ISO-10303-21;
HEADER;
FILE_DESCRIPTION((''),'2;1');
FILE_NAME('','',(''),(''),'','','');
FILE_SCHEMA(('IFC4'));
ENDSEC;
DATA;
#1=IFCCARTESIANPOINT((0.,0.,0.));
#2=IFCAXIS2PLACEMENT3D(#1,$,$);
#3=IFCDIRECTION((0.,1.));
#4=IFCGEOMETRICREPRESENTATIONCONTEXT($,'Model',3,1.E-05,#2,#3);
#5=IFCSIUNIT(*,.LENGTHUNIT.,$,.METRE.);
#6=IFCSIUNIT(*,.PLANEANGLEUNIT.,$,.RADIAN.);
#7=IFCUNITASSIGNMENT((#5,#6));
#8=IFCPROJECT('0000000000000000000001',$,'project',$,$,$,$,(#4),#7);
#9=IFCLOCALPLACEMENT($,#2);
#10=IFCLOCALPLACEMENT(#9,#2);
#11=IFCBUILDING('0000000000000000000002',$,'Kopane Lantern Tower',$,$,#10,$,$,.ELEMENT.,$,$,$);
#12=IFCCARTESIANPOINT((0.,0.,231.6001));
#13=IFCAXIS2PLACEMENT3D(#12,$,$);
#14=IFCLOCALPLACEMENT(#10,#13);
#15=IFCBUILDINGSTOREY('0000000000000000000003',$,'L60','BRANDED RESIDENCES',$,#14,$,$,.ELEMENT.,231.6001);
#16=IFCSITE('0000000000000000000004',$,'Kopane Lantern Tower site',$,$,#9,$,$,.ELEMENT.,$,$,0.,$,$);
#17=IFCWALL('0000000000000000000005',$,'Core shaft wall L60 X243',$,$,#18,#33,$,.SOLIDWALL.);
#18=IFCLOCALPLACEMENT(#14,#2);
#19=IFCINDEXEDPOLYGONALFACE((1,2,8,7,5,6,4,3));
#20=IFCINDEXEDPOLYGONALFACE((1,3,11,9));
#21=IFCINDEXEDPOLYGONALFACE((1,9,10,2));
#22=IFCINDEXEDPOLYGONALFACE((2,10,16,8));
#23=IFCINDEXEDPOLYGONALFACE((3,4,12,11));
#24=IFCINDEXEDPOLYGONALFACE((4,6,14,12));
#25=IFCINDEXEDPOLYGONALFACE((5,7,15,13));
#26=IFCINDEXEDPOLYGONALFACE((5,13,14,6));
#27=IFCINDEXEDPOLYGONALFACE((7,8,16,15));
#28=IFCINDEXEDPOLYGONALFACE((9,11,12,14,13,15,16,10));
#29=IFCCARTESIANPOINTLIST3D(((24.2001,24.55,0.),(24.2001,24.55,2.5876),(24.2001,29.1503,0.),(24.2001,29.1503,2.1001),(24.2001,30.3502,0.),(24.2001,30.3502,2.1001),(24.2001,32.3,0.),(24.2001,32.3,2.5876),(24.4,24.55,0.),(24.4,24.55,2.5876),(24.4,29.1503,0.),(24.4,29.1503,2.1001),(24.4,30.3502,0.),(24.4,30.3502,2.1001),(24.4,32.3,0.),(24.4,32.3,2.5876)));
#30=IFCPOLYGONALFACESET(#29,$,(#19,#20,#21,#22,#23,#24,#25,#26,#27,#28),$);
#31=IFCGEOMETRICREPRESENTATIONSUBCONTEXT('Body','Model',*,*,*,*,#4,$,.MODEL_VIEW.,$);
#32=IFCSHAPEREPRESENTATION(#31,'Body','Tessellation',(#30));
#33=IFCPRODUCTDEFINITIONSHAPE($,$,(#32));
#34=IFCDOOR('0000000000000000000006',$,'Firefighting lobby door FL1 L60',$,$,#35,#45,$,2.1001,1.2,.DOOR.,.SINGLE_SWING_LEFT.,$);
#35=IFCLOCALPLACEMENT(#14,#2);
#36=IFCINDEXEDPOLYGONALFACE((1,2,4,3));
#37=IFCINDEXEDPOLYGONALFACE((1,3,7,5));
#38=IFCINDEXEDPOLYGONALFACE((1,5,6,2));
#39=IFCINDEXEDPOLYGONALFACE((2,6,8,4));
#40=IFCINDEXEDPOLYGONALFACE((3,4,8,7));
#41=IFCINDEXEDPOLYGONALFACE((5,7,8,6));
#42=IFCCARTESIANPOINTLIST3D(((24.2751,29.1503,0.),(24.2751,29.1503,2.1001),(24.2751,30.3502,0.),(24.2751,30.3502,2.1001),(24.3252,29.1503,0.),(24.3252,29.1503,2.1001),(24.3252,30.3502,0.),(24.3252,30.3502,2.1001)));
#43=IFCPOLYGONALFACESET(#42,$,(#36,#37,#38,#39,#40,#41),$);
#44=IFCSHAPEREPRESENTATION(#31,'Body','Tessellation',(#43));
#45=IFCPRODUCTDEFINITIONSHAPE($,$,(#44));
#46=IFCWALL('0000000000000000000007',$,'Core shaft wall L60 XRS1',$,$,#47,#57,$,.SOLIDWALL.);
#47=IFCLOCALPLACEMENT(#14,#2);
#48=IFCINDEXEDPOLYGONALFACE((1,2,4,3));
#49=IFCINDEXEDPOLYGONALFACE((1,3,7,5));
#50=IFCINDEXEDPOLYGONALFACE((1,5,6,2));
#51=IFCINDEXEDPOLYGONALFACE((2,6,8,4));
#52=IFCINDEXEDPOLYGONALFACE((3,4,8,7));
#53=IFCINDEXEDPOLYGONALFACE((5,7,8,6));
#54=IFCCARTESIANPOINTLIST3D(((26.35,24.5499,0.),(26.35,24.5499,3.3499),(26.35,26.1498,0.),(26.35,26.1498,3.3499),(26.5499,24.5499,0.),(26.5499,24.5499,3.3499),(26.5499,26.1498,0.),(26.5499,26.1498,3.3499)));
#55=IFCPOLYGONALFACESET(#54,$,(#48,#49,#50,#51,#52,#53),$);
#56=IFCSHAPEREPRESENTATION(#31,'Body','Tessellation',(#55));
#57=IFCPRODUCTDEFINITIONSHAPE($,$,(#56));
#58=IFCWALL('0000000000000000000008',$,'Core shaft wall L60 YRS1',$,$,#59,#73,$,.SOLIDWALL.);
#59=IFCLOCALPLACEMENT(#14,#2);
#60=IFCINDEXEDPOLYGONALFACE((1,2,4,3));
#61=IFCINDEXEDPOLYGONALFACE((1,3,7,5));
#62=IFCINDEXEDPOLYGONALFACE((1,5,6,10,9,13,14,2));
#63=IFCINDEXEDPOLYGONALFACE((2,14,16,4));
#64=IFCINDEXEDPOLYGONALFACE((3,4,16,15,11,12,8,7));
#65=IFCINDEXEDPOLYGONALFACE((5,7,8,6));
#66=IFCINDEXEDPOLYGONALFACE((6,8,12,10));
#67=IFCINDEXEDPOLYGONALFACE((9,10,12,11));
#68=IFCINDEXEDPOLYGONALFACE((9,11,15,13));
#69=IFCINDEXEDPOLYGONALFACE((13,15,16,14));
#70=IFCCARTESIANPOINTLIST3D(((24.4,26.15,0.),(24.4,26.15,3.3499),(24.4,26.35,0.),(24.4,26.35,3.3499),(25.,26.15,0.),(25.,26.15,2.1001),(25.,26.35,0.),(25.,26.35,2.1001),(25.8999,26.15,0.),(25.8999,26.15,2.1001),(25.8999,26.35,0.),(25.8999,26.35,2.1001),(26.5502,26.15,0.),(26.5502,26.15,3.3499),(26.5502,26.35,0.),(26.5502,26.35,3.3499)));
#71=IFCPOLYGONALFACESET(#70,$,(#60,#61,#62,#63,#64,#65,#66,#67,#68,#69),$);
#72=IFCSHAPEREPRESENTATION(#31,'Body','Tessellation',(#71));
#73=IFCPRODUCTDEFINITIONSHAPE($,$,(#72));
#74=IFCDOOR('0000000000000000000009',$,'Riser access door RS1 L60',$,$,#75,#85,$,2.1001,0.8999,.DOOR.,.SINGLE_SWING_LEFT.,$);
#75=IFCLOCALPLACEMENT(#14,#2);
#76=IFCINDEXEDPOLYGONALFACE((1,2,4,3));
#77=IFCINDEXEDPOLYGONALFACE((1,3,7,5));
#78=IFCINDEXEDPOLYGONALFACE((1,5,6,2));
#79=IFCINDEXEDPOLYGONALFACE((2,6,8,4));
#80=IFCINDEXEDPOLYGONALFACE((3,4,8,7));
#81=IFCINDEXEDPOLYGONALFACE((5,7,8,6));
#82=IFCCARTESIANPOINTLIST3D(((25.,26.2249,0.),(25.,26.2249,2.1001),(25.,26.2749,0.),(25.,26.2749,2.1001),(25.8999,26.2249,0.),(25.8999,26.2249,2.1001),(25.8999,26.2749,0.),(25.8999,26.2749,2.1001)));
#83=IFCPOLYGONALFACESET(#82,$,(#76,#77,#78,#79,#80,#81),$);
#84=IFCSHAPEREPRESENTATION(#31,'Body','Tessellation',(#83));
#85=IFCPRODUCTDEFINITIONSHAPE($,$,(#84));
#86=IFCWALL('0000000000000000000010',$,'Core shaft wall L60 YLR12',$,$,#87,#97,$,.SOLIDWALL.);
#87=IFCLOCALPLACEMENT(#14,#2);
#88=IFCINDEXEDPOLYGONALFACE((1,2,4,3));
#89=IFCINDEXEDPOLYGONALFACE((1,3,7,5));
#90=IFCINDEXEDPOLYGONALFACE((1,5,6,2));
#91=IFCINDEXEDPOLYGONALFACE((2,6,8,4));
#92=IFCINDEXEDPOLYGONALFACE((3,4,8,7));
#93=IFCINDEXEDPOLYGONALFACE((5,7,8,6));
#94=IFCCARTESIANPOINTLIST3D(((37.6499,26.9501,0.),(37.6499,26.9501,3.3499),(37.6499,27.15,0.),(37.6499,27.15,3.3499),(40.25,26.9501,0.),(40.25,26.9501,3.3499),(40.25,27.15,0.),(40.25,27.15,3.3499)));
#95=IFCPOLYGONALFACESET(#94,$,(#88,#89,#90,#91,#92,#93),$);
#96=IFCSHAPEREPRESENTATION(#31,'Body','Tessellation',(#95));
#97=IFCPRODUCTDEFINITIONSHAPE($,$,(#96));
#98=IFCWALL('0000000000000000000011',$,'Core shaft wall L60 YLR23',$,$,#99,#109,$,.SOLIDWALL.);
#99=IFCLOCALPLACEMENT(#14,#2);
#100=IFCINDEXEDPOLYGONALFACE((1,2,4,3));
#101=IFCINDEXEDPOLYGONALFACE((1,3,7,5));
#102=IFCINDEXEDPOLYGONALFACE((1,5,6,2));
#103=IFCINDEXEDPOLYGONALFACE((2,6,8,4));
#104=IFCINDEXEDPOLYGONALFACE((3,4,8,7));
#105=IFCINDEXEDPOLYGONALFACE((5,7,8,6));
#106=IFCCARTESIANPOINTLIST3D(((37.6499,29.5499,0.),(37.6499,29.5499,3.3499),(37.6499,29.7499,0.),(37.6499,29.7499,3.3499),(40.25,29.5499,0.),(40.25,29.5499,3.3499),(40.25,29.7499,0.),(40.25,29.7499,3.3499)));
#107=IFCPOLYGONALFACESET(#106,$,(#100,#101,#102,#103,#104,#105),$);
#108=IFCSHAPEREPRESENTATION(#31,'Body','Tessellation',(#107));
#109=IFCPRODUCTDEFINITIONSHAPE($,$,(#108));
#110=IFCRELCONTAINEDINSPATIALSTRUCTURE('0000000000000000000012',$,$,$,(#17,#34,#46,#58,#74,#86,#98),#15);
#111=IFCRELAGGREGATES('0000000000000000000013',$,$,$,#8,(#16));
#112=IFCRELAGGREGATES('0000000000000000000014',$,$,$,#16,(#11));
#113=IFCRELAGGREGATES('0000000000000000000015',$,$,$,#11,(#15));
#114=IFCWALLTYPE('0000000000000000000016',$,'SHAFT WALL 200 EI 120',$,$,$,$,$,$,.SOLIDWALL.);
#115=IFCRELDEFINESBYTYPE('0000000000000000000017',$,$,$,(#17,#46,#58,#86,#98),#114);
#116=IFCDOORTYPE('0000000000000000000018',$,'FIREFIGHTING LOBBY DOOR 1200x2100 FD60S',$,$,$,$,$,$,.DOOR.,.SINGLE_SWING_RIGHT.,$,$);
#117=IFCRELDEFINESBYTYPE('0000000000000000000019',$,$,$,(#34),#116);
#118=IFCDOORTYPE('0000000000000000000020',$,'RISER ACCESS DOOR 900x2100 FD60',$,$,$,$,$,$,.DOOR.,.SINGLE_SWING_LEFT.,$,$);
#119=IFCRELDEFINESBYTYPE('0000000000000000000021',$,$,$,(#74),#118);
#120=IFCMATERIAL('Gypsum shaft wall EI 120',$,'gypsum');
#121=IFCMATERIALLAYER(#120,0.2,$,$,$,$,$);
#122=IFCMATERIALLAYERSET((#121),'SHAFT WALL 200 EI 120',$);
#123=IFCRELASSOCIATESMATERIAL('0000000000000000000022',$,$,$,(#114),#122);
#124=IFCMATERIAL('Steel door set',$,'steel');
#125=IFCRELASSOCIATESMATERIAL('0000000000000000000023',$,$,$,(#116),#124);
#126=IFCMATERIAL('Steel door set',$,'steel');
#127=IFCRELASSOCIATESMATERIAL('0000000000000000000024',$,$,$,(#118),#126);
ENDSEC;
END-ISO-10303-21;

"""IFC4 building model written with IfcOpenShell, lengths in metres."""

from ifc_helpers import new_model, si_unit, direction, frame, frame_2d, origin, place, context, subcontext, project, spatial, rectangle, extrude, material, layer, layer_set, type_object, element, fill, save


model = new_model("IFC4")

# Units and contexts
model_context = context("Model", 3, precision=1e-05, world=origin(), true_north=direction((0.0, 1.0)))
body_context = subcontext(model_context, "Body", "Model", "MODEL_VIEW")
ifc_project = project(units=[si_unit("LENGTHUNIT", "METRE"), si_unit("PLANEANGLEUNIT", "RADIAN")], contexts=[model_context])

# Site, building, storey
site_placement = place(None, origin())
site = spatial("IfcSite", under=ifc_project, at=site_placement, Name="Kopane Lantern Tower site", CompositionType="ELEMENT", RefElevation=0.0)
building_placement = place(site_placement, origin())
building = spatial("IfcBuilding", under=site, at=building_placement, Name="Kopane Lantern Tower", CompositionType="ELEMENT")
storey_placement = place(building_placement, frame((0.0, 0.0, 231.6001)))
storey = spatial("IfcBuildingStorey", under=building, at=storey_placement, Name="L60", Description="BRANDED RESIDENCES", CompositionType="ELEMENT", Elevation=231.6001)

# Wall, opening, door
ifc_material_1 = material(Name="Gypsum shaft wall EI 120", Category="gypsum")
ifc_layer_1 = layer(ifc_material_1, 0.2)
ifc_layer_set_1 = layer_set([ifc_layer_1], Name="SHAFT WALL 200 EI 120")
wall_type_1 = type_object("IfcWallType", Name="SHAFT WALL 200 EI 120", PredefinedType="SOLIDWALL", material=ifc_layer_set_1)
wall_1_placement = place(storey_placement, frame((24.3, 24.55, 0.0), z_axis=(0.0, 0.0, 1.0), x_axis=(0.0, 1.0, 0.0)))
wall_1 = element("IfcWall", 1, at=wall_1_placement, inside=storey, type_object=wall_type_1, Name="Core shaft wall L60 X243", PredefinedType="SOLIDWALL", context=body_context, shape_type="SweptSolid", body=[
    extrude(rectangle(XDim=7.75, YDim=0.2, at=frame_2d((3.875, 0.0))), origin(), (0.0, 0.0, 1.0), 2.5876),
])
opening_1_placement = place(wall_1_placement, frame((4.6001, 0.0, 0.0)))
opening_1 = element("IfcOpeningElement", 2, at=opening_1_placement, cuts=wall_1, PredefinedType="OPENING", context=body_context, shape_type="SweptSolid", body=[
    extrude(rectangle(XDim=1.2, YDim=2.1001, at=frame_2d((0.6001, 1.05))), frame((0.0, 0.1099, 0.0), z_axis=(0.0, -1.0, 0.0), x_axis=(1.0, 0.0, 0.0)), (0.0, 0.0, 1.0), 0.22),
])
ifc_material_2 = material(Name="Steel door set", Category="steel")
door_type_1 = type_object("IfcDoorType", Name="FIREFIGHTING LOBBY DOOR 1200x2100 FD60S", OperationType="SINGLE_SWING_RIGHT", PredefinedType="DOOR", material=ifc_material_2)
door_1_placement = place(opening_1_placement, origin())
door_1 = element("IfcDoor", 3, at=door_1_placement, inside=storey, type_object=door_type_1, Name="Firefighting lobby door FL1 L60", OperationType="SINGLE_SWING_LEFT", OverallHeight=2.1001, OverallWidth=1.2, PredefinedType="DOOR", context=body_context, shape_type="SweptSolid", body=[
    extrude(rectangle(XDim=1.2, YDim=2.1001, at=frame_2d((0.6001, 1.05))), frame((0.0, 0.0249, 0.0), z_axis=(0.0, -1.0, 0.0), x_axis=(1.0, 0.0, 0.0)), (0.0, 0.0, 1.0), 0.05),
])
fill(opening_1, door_1)

# Wall
wall_2_placement = place(storey_placement, frame((26.45, 24.55, 0.0), z_axis=(0.0, 0.0, 1.0), x_axis=(0.0, 1.0, 0.0)))
element("IfcWall", 4, at=wall_2_placement, inside=storey, type_object=wall_type_1, Name="Core shaft wall L60 XRS1", PredefinedType="SOLIDWALL", context=body_context, shape_type="SweptSolid", body=[
    extrude(rectangle(XDim=1.5999, YDim=0.2, at=frame_2d((0.7998, 0.0))), origin(), (0.0, 0.0, 1.0), 3.3499),
])

# Wall, opening, door
wall_3_placement = place(storey_placement, frame((24.3999, 26.25, 0.0), z_axis=(0.0, 0.0, 1.0), x_axis=(1.0, 0.0, 0.0)))
wall_3 = element("IfcWall", 5, at=wall_3_placement, inside=storey, type_object=wall_type_1, Name="Core shaft wall L60 YRS1", PredefinedType="SOLIDWALL", context=body_context, shape_type="SweptSolid", body=[
    extrude(rectangle(XDim=2.1501, YDim=0.2, at=frame_2d((1.0752, 0.0))), origin(), (0.0, 0.0, 1.0), 3.3499),
])
opening_2_placement = place(wall_3_placement, frame((0.6001, 0.0, 0.0)))
opening_2 = element("IfcOpeningElement", 6, at=opening_2_placement, cuts=wall_3, PredefinedType="OPENING", context=body_context, shape_type="SweptSolid", body=[
    extrude(rectangle(XDim=0.8999, YDim=2.1001, at=frame_2d((0.45, 1.05))), frame((0.0, 0.1099, 0.0), z_axis=(0.0, -1.0, 0.0), x_axis=(1.0, 0.0, 0.0)), (0.0, 0.0, 1.0), 0.22),
])
ifc_material_3 = material(Name="Steel door set", Category="steel")
door_type_2 = type_object("IfcDoorType", Name="RISER ACCESS DOOR 900x2100 FD60", OperationType="SINGLE_SWING_LEFT", PredefinedType="DOOR", material=ifc_material_3)
door_2_placement = place(opening_2_placement, origin())
door_2 = element("IfcDoor", 7, at=door_2_placement, inside=storey, type_object=door_type_2, Name="Riser access door RS1 L60", OperationType="SINGLE_SWING_LEFT", OverallHeight=2.1001, OverallWidth=0.8999, PredefinedType="DOOR", context=body_context, shape_type="SweptSolid", body=[
    extrude(rectangle(XDim=0.8999, YDim=2.1001, at=frame_2d((0.45, 1.05))), frame((0.0, 0.0249, 0.0), z_axis=(0.0, -1.0, 0.0), x_axis=(1.0, 0.0, 0.0)), (0.0, 0.0, 1.0), 0.05),
])
fill(opening_2, door_2)

# Walls
for number, where, z_axis, x_axis, name in (
    (8, (37.6499, 27.05, 0.0), (0.0, 0.0, 1.0), (1.0, 0.0, 0.0), "Core shaft wall L60 YLR12"),
    (9, (37.6499, 29.6499, 0.0), (0.0, 0.0, 1.0), (1.0, 0.0, 0.0), "Core shaft wall L60 YLR23"),
):
    element("IfcWall", number, at=place(storey_placement, frame(where, z_axis=z_axis, x_axis=x_axis)), inside=storey, type_object=wall_type_1, Name=name, PredefinedType="SOLIDWALL", context=body_context, shape_type="SweptSolid", body=[
        extrude(rectangle(XDim=2.6001, YDim=0.2, at=frame_2d((1.3, 0.0))), origin(), (0.0, 0.0, 1.0), 3.3499),
    ])

save(model, "model.ifc")
